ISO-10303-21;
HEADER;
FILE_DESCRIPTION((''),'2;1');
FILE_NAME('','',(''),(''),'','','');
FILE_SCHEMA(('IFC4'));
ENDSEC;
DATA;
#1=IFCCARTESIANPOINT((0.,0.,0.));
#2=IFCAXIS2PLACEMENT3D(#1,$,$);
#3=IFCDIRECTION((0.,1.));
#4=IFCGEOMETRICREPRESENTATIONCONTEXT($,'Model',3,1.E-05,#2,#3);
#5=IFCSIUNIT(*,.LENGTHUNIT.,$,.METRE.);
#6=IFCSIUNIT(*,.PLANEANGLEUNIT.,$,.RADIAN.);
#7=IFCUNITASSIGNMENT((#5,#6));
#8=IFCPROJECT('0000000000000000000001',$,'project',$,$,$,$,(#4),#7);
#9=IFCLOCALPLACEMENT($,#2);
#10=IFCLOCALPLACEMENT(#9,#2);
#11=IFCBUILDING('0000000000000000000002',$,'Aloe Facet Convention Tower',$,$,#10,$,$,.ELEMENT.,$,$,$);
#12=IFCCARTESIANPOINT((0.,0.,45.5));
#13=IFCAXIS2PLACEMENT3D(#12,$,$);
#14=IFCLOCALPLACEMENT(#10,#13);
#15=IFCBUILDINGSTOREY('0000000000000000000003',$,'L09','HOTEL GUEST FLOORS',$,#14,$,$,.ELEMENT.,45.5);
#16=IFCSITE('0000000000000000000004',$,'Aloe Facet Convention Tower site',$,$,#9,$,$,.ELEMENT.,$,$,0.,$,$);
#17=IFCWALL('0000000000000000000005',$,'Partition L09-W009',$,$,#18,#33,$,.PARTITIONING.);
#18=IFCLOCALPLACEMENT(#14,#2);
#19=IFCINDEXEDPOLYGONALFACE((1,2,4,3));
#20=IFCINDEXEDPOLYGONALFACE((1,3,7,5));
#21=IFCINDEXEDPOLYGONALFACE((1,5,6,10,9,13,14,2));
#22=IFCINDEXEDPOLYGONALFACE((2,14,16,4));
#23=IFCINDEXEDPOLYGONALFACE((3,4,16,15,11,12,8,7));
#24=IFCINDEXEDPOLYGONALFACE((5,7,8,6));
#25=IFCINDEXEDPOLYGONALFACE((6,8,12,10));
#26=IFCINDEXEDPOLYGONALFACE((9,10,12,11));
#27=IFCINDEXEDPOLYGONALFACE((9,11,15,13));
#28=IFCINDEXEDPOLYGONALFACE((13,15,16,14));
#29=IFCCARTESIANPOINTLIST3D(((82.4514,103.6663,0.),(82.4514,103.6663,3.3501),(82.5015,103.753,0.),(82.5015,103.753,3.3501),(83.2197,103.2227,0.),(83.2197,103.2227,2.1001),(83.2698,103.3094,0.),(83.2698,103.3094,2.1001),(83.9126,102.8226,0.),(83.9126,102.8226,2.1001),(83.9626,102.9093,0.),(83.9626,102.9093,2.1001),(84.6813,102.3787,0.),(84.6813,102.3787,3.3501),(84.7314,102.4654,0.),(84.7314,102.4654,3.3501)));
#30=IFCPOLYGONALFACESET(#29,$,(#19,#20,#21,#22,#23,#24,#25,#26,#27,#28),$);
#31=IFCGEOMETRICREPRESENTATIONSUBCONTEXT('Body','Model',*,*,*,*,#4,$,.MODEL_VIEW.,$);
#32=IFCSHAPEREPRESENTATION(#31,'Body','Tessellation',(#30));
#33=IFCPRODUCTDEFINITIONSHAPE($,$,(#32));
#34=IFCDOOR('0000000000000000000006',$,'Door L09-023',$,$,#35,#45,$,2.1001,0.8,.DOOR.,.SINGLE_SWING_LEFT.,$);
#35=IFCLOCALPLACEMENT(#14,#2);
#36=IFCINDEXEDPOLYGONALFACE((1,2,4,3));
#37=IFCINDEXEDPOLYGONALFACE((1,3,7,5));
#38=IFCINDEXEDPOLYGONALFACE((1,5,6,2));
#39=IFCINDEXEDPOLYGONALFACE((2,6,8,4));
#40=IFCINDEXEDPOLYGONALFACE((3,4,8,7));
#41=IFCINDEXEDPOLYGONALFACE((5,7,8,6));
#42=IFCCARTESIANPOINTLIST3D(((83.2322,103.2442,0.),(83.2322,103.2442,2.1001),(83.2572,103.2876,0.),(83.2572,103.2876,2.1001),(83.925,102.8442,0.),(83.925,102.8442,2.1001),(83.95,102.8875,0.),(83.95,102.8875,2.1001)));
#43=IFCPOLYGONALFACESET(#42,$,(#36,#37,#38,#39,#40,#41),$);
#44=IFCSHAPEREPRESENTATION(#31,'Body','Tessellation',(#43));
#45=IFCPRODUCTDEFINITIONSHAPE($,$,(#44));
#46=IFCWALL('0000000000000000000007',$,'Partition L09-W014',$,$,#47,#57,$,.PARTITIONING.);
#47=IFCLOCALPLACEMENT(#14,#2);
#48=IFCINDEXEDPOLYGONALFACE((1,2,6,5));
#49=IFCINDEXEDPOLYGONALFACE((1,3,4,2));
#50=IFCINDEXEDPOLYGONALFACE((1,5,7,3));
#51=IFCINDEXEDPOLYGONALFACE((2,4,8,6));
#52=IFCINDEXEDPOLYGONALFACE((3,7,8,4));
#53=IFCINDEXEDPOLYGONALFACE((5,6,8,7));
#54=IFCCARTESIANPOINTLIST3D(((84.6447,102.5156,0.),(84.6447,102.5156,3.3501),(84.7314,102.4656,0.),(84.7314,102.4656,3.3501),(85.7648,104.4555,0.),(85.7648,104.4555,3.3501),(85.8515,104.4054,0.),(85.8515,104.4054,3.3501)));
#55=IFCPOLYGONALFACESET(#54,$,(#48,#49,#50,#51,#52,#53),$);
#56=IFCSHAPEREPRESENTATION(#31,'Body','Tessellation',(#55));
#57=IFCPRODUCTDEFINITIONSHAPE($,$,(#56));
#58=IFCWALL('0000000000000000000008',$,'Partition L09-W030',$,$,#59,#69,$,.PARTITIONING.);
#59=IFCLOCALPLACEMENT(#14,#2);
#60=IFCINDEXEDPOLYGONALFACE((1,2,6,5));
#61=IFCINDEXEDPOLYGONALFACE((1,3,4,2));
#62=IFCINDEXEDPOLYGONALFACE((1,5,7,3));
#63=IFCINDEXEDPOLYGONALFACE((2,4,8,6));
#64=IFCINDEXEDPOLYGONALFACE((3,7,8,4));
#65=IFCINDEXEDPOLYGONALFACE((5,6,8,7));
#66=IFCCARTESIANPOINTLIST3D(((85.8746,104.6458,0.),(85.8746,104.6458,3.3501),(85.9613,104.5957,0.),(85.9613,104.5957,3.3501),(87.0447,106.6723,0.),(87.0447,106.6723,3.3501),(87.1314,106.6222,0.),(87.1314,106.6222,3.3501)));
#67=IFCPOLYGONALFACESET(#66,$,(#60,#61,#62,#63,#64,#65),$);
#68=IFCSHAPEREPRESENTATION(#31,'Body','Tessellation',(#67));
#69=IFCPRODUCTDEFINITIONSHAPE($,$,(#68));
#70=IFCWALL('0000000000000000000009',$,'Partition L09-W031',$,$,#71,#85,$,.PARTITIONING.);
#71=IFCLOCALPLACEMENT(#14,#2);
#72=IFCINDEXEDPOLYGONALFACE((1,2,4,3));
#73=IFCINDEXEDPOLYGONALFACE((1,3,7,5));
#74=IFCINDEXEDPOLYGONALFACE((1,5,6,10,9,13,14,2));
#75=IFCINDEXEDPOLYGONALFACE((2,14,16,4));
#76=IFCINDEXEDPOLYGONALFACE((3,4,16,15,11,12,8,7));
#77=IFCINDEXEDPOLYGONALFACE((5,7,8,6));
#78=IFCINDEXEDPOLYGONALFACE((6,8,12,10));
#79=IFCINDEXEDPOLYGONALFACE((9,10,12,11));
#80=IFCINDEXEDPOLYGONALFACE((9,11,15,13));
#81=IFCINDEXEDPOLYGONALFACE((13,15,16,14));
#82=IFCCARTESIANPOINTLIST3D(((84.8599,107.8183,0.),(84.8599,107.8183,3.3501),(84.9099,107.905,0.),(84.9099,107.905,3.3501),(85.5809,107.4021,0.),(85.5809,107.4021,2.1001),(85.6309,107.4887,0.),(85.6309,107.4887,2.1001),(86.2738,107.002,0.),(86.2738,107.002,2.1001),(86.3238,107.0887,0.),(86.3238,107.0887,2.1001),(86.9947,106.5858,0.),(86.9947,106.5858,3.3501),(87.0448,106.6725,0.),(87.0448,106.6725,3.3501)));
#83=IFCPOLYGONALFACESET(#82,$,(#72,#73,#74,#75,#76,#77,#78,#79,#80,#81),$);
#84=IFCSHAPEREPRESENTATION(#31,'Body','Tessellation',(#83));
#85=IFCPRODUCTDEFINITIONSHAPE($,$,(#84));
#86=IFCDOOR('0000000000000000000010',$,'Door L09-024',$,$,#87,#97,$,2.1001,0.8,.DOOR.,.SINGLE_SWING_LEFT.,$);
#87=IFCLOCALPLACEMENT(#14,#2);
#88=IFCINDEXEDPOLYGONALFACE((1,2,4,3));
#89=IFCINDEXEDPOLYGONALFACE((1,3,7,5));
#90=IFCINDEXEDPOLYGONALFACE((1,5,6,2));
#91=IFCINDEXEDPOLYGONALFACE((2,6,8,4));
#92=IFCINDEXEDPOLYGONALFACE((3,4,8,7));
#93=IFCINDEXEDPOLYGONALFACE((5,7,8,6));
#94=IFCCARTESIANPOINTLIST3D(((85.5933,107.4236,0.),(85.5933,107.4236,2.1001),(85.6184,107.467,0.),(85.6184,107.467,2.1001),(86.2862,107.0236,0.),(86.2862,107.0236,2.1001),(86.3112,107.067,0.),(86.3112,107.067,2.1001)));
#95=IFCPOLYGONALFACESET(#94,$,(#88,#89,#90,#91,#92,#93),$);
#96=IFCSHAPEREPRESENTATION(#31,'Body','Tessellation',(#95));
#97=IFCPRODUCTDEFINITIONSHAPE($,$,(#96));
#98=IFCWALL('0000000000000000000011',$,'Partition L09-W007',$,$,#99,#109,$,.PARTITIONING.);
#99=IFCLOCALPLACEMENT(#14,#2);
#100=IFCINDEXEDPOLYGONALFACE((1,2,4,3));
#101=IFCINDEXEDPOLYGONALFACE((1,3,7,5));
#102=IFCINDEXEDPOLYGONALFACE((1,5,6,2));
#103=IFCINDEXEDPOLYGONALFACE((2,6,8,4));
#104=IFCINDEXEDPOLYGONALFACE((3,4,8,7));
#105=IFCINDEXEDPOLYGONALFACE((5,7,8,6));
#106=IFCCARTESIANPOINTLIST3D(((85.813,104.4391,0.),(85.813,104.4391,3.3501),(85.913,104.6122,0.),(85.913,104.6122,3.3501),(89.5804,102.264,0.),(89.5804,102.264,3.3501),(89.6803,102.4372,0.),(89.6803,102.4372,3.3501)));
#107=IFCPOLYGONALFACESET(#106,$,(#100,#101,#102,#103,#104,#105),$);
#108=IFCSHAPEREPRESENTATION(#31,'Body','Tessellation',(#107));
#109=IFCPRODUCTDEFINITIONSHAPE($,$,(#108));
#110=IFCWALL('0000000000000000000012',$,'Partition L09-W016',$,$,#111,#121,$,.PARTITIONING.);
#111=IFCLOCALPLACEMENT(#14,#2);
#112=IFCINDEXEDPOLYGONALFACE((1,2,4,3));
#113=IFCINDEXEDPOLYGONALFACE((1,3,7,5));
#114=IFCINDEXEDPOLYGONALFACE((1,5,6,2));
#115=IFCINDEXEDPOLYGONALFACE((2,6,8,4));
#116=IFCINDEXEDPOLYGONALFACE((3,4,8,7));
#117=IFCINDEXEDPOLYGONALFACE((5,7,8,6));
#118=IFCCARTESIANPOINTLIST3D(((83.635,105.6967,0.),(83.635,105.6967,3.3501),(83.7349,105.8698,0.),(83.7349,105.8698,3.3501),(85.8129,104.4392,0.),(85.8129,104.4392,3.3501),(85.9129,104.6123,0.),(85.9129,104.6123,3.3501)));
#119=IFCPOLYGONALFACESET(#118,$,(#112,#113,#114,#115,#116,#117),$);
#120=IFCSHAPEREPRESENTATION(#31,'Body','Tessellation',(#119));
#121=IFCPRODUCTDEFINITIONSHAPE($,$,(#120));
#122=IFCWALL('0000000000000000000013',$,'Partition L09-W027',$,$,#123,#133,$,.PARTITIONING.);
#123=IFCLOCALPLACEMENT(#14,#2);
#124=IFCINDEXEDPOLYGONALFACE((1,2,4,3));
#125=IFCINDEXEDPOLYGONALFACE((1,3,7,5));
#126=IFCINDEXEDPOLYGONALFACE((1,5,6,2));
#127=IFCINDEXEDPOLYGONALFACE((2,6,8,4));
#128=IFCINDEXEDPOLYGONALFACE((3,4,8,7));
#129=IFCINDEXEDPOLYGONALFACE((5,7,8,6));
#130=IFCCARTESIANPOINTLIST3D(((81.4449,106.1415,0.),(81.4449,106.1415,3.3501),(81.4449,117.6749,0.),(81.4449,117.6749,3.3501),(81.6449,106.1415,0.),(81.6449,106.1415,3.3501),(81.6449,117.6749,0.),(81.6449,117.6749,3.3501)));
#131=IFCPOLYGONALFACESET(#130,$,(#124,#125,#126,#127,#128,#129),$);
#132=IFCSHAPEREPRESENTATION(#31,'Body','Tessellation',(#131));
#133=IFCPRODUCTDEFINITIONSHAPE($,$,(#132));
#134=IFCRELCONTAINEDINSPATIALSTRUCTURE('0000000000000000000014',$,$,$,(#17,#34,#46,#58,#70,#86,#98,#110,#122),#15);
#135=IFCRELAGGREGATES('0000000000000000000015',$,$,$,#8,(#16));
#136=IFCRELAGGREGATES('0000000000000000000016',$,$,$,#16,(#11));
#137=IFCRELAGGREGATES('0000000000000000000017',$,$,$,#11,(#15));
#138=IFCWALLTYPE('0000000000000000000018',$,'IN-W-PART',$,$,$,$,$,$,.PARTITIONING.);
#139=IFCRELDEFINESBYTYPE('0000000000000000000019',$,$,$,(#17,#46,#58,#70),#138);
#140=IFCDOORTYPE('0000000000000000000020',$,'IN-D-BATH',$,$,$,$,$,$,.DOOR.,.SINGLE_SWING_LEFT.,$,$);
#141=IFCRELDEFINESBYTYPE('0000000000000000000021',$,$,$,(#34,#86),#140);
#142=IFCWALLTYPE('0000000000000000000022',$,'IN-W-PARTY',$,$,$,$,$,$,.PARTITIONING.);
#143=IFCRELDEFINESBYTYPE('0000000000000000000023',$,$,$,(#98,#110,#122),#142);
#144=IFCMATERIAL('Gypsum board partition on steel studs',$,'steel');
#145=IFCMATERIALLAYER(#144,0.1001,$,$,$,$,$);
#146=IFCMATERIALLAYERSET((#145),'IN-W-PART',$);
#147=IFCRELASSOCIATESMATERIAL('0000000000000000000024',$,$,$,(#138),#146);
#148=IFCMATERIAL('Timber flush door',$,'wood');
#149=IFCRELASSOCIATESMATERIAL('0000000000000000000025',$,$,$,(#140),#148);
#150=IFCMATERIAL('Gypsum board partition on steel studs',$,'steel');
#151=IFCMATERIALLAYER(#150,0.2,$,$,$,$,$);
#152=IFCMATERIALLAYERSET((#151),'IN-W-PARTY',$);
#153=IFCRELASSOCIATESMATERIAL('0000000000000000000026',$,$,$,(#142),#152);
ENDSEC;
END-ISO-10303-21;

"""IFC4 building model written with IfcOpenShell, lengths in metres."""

from ifc_helpers import new_model, si_unit, direction, frame, frame_2d, origin, place, context, subcontext, project, spatial, rectangle, extrude, material, layer, layer_set, type_object, element, fill, save


model = new_model("IFC4")

# Units and contexts
model_context = context("Model", 3, precision=1e-05, world=origin(), true_north=direction((0.0, 1.0)))
body_context = subcontext(model_context, "Body", "Model", "MODEL_VIEW")
ifc_project = project(units=[si_unit("LENGTHUNIT", "METRE"), si_unit("PLANEANGLEUNIT", "RADIAN")], contexts=[model_context])

# Site, building, storey
site_placement = place(None, origin())
site = spatial("IfcSite", under=ifc_project, at=site_placement, Name="Aloe Facet Convention Tower site", CompositionType="ELEMENT", RefElevation=0.0)
building_placement = place(site_placement, origin())
building = spatial("IfcBuilding", under=site, at=building_placement, Name="Aloe Facet Convention Tower", CompositionType="ELEMENT")
storey_placement = place(building_placement, frame((0.0, 0.0, 45.5)))
storey = spatial("IfcBuildingStorey", under=building, at=storey_placement, Name="L09", Description="HOTEL GUEST FLOORS", CompositionType="ELEMENT", Elevation=45.5)

# Wall, opening, door
ifc_material_1 = material(Name="Gypsum board partition on steel studs", Category="steel")
ifc_layer_1 = layer(ifc_material_1, 0.1001)
ifc_layer_set_1 = layer_set([ifc_layer_1], Name="IN-W-PART")
wall_type_1 = type_object("IfcWallType", Name="IN-W-PART", PredefinedType="PARTITIONING", material=ifc_layer_set_1)
wall_1_placement = place(storey_placement, frame((82.4763, 103.7097, 0.0), z_axis=(0.0, 0.0, 1.0), x_axis=(0.866006, -0.500034, 0.0)))
wall_1 = element("IfcWall", 1, at=wall_1_placement, inside=storey, type_object=wall_type_1, Name="Partition L09-W009", PredefinedType="PARTITIONING", context=body_context, shape_type="SweptSolid", body=[
    extrude(rectangle(XDim=2.575, YDim=0.1001, at=frame_2d((1.2876, 0.0))), origin(), (0.0, 0.0, 1.0), 3.3501),
])
opening_1_placement = place(wall_1_placement, frame((0.8875, 0.0, 0.0)))
opening_1 = element("IfcOpeningElement", 2, at=opening_1_placement, cuts=wall_1, PredefinedType="OPENING", context=body_context, shape_type="SweptSolid", body=[
    extrude(rectangle(XDim=0.8, YDim=2.1001, at=frame_2d((0.3999, 1.05))), frame((0.0, 0.0601, 0.0), z_axis=(0.0, -1.0, 0.0), x_axis=(1.0, 0.0, 0.0)), (0.0, 0.0, 1.0), 0.1201),
])
ifc_material_2 = material(Name="Timber flush door", Category="wood")
door_type_1 = type_object("IfcDoorType", Name="IN-D-BATH", OperationType="SINGLE_SWING_LEFT", PredefinedType="DOOR", material=ifc_material_2)
door_1_placement = place(opening_1_placement, origin())
door_1 = element("IfcDoor", 3, at=door_1_placement, inside=storey, type_object=door_type_1, Name="Door L09-023", OperationType="SINGLE_SWING_LEFT", OverallHeight=2.1001, OverallWidth=0.8, PredefinedType="DOOR", context=body_context, shape_type="SweptSolid", body=[
    extrude(rectangle(XDim=0.8, YDim=2.1001, at=frame_2d((0.3999, 1.05))), frame((0.0, 0.0249, 0.0), z_axis=(0.0, -1.0, 0.0), x_axis=(1.0, 0.0, 0.0)), (0.0, 0.0, 1.0), 0.05),
])
fill(opening_1, door_1)

# Walls
wall_2_placement = place(storey_placement, frame((84.688, 102.4905, 0.0), z_axis=(0.0, 0.0, 1.0), x_axis=(0.500031, 0.866008, 0.0)))
element("IfcWall", 4, at=wall_2_placement, inside=storey, type_object=wall_type_1, Name="Partition L09-W014", PredefinedType="PARTITIONING", context=body_context, shape_type="SweptSolid", body=[
    extrude(rectangle(XDim=2.24, YDim=0.1001, at=frame_2d((1.1201, 0.0))), origin(), (0.0, 0.0, 1.0), 3.3501),
])
wall_3_placement = place(storey_placement, frame((85.918, 104.6208, 0.0), z_axis=(0.0, 0.0, 1.0), x_axis=(0.500033, 0.866007, 0.0)))
element("IfcWall", 5, at=wall_3_placement, inside=storey, type_object=wall_type_1, Name="Partition L09-W030", PredefinedType="PARTITIONING", context=body_context, shape_type="SweptSolid", body=[
    extrude(rectangle(XDim=2.3401, YDim=0.1001, at=frame_2d((1.1699, 0.0))), origin(), (0.0, 0.0, 1.0), 3.3501),
])

# Wall, opening, door
wall_4_placement = place(storey_placement, frame((84.885, 107.8616, 0.0), z_axis=(0.0, 0.0, 1.0), x_axis=(0.86604, -0.499974, 0.0)))
wall_4 = element("IfcWall", 6, at=wall_4_placement, inside=storey, type_object=wall_type_1, Name="Partition L09-W031", PredefinedType="PARTITIONING", context=body_context, shape_type="SweptSolid", body=[
    extrude(rectangle(XDim=2.4651, YDim=0.1001, at=frame_2d((1.2324, 0.0))), origin(), (0.0, 0.0, 1.0), 3.3501),
])
opening_2_placement = place(wall_4_placement, frame((0.8325, 0.0, 0.0)))
opening_2 = element("IfcOpeningElement", 7, at=opening_2_placement, cuts=wall_4, PredefinedType="OPENING", context=body_context, shape_type="SweptSolid", body=[
    extrude(rectangle(XDim=0.8, YDim=2.1001, at=frame_2d((0.3999, 1.05))), frame((0.0, 0.0601, 0.0), z_axis=(0.0, -1.0, 0.0), x_axis=(1.0, 0.0, 0.0)), (0.0, 0.0, 1.0), 0.1201),
])
door_2_placement = place(opening_2_placement, origin())
door_2 = element("IfcDoor", 8, at=door_2_placement, inside=storey, type_object=door_type_1, Name="Door L09-024", OperationType="SINGLE_SWING_LEFT", OverallHeight=2.1001, OverallWidth=0.8, PredefinedType="DOOR", context=body_context, shape_type="SweptSolid", body=[
    extrude(rectangle(XDim=0.8, YDim=2.1001, at=frame_2d((0.3999, 1.05))), frame((0.0, 0.0249, 0.0), z_axis=(0.0, -1.0, 0.0), x_axis=(1.0, 0.0, 0.0)), (0.0, 0.0, 1.0), 0.05),
])
fill(opening_2, door_2)

# Walls
ifc_material_3 = material(Name="Gypsum board partition on steel studs", Category="steel")
ifc_layer_2 = layer(ifc_material_3, 0.2)
ifc_layer_set_2 = layer_set([ifc_layer_2], Name="IN-W-PARTY")
wall_type_2 = type_object("IfcWallType", Name="IN-W-PARTY", PredefinedType="PARTITIONING", material=ifc_layer_set_2)
wall_5_placement = place(storey_placement, frame((85.863, 104.5256, 0.0), z_axis=(0.0, 0.0, 1.0), x_axis=(0.866028, -0.499996, 0.0)))
element("IfcWall", 9, at=wall_5_placement, inside=storey, type_object=wall_type_2, Name="Partition L09-W007", PredefinedType="PARTITIONING", context=body_context, shape_type="SweptSolid", body=[
    extrude(rectangle(XDim=4.3501, YDim=0.2, at=frame_2d((2.175, 0.0))), origin(), (0.0, 0.0, 1.0), 3.3501),
])
wall_6_placement = place(storey_placement, frame((83.6851, 105.7832, 0.0), z_axis=(0.0, 0.0, 1.0), x_axis=(0.866006, -0.500033, 0.0)))
element("IfcWall", 10, at=wall_6_placement, inside=storey, type_object=wall_type_2, Name="Partition L09-W016", PredefinedType="PARTITIONING", context=body_context, shape_type="SweptSolid", body=[
    extrude(rectangle(XDim=2.5149, YDim=0.2, at=frame_2d((1.2573, 0.0))), origin(), (0.0, 0.0, 1.0), 3.3501),
])
wall_7_placement = place(storey_placement, frame((81.5449, 106.1416, 0.0), z_axis=(0.0, 0.0, 1.0), x_axis=(0.0, 1.0, 0.0)))
element("IfcWall", 11, at=wall_7_placement, inside=storey, type_object=wall_type_2, Name="Partition L09-W027", PredefinedType="PARTITIONING", context=body_context, shape_type="SweptSolid", body=[
    extrude(rectangle(XDim=11.5334, YDim=0.2, at=frame_2d((5.7666, 0.0))), origin(), (0.0, 0.0, 1.0), 3.3501),
])

save(model, "model.ifc")
